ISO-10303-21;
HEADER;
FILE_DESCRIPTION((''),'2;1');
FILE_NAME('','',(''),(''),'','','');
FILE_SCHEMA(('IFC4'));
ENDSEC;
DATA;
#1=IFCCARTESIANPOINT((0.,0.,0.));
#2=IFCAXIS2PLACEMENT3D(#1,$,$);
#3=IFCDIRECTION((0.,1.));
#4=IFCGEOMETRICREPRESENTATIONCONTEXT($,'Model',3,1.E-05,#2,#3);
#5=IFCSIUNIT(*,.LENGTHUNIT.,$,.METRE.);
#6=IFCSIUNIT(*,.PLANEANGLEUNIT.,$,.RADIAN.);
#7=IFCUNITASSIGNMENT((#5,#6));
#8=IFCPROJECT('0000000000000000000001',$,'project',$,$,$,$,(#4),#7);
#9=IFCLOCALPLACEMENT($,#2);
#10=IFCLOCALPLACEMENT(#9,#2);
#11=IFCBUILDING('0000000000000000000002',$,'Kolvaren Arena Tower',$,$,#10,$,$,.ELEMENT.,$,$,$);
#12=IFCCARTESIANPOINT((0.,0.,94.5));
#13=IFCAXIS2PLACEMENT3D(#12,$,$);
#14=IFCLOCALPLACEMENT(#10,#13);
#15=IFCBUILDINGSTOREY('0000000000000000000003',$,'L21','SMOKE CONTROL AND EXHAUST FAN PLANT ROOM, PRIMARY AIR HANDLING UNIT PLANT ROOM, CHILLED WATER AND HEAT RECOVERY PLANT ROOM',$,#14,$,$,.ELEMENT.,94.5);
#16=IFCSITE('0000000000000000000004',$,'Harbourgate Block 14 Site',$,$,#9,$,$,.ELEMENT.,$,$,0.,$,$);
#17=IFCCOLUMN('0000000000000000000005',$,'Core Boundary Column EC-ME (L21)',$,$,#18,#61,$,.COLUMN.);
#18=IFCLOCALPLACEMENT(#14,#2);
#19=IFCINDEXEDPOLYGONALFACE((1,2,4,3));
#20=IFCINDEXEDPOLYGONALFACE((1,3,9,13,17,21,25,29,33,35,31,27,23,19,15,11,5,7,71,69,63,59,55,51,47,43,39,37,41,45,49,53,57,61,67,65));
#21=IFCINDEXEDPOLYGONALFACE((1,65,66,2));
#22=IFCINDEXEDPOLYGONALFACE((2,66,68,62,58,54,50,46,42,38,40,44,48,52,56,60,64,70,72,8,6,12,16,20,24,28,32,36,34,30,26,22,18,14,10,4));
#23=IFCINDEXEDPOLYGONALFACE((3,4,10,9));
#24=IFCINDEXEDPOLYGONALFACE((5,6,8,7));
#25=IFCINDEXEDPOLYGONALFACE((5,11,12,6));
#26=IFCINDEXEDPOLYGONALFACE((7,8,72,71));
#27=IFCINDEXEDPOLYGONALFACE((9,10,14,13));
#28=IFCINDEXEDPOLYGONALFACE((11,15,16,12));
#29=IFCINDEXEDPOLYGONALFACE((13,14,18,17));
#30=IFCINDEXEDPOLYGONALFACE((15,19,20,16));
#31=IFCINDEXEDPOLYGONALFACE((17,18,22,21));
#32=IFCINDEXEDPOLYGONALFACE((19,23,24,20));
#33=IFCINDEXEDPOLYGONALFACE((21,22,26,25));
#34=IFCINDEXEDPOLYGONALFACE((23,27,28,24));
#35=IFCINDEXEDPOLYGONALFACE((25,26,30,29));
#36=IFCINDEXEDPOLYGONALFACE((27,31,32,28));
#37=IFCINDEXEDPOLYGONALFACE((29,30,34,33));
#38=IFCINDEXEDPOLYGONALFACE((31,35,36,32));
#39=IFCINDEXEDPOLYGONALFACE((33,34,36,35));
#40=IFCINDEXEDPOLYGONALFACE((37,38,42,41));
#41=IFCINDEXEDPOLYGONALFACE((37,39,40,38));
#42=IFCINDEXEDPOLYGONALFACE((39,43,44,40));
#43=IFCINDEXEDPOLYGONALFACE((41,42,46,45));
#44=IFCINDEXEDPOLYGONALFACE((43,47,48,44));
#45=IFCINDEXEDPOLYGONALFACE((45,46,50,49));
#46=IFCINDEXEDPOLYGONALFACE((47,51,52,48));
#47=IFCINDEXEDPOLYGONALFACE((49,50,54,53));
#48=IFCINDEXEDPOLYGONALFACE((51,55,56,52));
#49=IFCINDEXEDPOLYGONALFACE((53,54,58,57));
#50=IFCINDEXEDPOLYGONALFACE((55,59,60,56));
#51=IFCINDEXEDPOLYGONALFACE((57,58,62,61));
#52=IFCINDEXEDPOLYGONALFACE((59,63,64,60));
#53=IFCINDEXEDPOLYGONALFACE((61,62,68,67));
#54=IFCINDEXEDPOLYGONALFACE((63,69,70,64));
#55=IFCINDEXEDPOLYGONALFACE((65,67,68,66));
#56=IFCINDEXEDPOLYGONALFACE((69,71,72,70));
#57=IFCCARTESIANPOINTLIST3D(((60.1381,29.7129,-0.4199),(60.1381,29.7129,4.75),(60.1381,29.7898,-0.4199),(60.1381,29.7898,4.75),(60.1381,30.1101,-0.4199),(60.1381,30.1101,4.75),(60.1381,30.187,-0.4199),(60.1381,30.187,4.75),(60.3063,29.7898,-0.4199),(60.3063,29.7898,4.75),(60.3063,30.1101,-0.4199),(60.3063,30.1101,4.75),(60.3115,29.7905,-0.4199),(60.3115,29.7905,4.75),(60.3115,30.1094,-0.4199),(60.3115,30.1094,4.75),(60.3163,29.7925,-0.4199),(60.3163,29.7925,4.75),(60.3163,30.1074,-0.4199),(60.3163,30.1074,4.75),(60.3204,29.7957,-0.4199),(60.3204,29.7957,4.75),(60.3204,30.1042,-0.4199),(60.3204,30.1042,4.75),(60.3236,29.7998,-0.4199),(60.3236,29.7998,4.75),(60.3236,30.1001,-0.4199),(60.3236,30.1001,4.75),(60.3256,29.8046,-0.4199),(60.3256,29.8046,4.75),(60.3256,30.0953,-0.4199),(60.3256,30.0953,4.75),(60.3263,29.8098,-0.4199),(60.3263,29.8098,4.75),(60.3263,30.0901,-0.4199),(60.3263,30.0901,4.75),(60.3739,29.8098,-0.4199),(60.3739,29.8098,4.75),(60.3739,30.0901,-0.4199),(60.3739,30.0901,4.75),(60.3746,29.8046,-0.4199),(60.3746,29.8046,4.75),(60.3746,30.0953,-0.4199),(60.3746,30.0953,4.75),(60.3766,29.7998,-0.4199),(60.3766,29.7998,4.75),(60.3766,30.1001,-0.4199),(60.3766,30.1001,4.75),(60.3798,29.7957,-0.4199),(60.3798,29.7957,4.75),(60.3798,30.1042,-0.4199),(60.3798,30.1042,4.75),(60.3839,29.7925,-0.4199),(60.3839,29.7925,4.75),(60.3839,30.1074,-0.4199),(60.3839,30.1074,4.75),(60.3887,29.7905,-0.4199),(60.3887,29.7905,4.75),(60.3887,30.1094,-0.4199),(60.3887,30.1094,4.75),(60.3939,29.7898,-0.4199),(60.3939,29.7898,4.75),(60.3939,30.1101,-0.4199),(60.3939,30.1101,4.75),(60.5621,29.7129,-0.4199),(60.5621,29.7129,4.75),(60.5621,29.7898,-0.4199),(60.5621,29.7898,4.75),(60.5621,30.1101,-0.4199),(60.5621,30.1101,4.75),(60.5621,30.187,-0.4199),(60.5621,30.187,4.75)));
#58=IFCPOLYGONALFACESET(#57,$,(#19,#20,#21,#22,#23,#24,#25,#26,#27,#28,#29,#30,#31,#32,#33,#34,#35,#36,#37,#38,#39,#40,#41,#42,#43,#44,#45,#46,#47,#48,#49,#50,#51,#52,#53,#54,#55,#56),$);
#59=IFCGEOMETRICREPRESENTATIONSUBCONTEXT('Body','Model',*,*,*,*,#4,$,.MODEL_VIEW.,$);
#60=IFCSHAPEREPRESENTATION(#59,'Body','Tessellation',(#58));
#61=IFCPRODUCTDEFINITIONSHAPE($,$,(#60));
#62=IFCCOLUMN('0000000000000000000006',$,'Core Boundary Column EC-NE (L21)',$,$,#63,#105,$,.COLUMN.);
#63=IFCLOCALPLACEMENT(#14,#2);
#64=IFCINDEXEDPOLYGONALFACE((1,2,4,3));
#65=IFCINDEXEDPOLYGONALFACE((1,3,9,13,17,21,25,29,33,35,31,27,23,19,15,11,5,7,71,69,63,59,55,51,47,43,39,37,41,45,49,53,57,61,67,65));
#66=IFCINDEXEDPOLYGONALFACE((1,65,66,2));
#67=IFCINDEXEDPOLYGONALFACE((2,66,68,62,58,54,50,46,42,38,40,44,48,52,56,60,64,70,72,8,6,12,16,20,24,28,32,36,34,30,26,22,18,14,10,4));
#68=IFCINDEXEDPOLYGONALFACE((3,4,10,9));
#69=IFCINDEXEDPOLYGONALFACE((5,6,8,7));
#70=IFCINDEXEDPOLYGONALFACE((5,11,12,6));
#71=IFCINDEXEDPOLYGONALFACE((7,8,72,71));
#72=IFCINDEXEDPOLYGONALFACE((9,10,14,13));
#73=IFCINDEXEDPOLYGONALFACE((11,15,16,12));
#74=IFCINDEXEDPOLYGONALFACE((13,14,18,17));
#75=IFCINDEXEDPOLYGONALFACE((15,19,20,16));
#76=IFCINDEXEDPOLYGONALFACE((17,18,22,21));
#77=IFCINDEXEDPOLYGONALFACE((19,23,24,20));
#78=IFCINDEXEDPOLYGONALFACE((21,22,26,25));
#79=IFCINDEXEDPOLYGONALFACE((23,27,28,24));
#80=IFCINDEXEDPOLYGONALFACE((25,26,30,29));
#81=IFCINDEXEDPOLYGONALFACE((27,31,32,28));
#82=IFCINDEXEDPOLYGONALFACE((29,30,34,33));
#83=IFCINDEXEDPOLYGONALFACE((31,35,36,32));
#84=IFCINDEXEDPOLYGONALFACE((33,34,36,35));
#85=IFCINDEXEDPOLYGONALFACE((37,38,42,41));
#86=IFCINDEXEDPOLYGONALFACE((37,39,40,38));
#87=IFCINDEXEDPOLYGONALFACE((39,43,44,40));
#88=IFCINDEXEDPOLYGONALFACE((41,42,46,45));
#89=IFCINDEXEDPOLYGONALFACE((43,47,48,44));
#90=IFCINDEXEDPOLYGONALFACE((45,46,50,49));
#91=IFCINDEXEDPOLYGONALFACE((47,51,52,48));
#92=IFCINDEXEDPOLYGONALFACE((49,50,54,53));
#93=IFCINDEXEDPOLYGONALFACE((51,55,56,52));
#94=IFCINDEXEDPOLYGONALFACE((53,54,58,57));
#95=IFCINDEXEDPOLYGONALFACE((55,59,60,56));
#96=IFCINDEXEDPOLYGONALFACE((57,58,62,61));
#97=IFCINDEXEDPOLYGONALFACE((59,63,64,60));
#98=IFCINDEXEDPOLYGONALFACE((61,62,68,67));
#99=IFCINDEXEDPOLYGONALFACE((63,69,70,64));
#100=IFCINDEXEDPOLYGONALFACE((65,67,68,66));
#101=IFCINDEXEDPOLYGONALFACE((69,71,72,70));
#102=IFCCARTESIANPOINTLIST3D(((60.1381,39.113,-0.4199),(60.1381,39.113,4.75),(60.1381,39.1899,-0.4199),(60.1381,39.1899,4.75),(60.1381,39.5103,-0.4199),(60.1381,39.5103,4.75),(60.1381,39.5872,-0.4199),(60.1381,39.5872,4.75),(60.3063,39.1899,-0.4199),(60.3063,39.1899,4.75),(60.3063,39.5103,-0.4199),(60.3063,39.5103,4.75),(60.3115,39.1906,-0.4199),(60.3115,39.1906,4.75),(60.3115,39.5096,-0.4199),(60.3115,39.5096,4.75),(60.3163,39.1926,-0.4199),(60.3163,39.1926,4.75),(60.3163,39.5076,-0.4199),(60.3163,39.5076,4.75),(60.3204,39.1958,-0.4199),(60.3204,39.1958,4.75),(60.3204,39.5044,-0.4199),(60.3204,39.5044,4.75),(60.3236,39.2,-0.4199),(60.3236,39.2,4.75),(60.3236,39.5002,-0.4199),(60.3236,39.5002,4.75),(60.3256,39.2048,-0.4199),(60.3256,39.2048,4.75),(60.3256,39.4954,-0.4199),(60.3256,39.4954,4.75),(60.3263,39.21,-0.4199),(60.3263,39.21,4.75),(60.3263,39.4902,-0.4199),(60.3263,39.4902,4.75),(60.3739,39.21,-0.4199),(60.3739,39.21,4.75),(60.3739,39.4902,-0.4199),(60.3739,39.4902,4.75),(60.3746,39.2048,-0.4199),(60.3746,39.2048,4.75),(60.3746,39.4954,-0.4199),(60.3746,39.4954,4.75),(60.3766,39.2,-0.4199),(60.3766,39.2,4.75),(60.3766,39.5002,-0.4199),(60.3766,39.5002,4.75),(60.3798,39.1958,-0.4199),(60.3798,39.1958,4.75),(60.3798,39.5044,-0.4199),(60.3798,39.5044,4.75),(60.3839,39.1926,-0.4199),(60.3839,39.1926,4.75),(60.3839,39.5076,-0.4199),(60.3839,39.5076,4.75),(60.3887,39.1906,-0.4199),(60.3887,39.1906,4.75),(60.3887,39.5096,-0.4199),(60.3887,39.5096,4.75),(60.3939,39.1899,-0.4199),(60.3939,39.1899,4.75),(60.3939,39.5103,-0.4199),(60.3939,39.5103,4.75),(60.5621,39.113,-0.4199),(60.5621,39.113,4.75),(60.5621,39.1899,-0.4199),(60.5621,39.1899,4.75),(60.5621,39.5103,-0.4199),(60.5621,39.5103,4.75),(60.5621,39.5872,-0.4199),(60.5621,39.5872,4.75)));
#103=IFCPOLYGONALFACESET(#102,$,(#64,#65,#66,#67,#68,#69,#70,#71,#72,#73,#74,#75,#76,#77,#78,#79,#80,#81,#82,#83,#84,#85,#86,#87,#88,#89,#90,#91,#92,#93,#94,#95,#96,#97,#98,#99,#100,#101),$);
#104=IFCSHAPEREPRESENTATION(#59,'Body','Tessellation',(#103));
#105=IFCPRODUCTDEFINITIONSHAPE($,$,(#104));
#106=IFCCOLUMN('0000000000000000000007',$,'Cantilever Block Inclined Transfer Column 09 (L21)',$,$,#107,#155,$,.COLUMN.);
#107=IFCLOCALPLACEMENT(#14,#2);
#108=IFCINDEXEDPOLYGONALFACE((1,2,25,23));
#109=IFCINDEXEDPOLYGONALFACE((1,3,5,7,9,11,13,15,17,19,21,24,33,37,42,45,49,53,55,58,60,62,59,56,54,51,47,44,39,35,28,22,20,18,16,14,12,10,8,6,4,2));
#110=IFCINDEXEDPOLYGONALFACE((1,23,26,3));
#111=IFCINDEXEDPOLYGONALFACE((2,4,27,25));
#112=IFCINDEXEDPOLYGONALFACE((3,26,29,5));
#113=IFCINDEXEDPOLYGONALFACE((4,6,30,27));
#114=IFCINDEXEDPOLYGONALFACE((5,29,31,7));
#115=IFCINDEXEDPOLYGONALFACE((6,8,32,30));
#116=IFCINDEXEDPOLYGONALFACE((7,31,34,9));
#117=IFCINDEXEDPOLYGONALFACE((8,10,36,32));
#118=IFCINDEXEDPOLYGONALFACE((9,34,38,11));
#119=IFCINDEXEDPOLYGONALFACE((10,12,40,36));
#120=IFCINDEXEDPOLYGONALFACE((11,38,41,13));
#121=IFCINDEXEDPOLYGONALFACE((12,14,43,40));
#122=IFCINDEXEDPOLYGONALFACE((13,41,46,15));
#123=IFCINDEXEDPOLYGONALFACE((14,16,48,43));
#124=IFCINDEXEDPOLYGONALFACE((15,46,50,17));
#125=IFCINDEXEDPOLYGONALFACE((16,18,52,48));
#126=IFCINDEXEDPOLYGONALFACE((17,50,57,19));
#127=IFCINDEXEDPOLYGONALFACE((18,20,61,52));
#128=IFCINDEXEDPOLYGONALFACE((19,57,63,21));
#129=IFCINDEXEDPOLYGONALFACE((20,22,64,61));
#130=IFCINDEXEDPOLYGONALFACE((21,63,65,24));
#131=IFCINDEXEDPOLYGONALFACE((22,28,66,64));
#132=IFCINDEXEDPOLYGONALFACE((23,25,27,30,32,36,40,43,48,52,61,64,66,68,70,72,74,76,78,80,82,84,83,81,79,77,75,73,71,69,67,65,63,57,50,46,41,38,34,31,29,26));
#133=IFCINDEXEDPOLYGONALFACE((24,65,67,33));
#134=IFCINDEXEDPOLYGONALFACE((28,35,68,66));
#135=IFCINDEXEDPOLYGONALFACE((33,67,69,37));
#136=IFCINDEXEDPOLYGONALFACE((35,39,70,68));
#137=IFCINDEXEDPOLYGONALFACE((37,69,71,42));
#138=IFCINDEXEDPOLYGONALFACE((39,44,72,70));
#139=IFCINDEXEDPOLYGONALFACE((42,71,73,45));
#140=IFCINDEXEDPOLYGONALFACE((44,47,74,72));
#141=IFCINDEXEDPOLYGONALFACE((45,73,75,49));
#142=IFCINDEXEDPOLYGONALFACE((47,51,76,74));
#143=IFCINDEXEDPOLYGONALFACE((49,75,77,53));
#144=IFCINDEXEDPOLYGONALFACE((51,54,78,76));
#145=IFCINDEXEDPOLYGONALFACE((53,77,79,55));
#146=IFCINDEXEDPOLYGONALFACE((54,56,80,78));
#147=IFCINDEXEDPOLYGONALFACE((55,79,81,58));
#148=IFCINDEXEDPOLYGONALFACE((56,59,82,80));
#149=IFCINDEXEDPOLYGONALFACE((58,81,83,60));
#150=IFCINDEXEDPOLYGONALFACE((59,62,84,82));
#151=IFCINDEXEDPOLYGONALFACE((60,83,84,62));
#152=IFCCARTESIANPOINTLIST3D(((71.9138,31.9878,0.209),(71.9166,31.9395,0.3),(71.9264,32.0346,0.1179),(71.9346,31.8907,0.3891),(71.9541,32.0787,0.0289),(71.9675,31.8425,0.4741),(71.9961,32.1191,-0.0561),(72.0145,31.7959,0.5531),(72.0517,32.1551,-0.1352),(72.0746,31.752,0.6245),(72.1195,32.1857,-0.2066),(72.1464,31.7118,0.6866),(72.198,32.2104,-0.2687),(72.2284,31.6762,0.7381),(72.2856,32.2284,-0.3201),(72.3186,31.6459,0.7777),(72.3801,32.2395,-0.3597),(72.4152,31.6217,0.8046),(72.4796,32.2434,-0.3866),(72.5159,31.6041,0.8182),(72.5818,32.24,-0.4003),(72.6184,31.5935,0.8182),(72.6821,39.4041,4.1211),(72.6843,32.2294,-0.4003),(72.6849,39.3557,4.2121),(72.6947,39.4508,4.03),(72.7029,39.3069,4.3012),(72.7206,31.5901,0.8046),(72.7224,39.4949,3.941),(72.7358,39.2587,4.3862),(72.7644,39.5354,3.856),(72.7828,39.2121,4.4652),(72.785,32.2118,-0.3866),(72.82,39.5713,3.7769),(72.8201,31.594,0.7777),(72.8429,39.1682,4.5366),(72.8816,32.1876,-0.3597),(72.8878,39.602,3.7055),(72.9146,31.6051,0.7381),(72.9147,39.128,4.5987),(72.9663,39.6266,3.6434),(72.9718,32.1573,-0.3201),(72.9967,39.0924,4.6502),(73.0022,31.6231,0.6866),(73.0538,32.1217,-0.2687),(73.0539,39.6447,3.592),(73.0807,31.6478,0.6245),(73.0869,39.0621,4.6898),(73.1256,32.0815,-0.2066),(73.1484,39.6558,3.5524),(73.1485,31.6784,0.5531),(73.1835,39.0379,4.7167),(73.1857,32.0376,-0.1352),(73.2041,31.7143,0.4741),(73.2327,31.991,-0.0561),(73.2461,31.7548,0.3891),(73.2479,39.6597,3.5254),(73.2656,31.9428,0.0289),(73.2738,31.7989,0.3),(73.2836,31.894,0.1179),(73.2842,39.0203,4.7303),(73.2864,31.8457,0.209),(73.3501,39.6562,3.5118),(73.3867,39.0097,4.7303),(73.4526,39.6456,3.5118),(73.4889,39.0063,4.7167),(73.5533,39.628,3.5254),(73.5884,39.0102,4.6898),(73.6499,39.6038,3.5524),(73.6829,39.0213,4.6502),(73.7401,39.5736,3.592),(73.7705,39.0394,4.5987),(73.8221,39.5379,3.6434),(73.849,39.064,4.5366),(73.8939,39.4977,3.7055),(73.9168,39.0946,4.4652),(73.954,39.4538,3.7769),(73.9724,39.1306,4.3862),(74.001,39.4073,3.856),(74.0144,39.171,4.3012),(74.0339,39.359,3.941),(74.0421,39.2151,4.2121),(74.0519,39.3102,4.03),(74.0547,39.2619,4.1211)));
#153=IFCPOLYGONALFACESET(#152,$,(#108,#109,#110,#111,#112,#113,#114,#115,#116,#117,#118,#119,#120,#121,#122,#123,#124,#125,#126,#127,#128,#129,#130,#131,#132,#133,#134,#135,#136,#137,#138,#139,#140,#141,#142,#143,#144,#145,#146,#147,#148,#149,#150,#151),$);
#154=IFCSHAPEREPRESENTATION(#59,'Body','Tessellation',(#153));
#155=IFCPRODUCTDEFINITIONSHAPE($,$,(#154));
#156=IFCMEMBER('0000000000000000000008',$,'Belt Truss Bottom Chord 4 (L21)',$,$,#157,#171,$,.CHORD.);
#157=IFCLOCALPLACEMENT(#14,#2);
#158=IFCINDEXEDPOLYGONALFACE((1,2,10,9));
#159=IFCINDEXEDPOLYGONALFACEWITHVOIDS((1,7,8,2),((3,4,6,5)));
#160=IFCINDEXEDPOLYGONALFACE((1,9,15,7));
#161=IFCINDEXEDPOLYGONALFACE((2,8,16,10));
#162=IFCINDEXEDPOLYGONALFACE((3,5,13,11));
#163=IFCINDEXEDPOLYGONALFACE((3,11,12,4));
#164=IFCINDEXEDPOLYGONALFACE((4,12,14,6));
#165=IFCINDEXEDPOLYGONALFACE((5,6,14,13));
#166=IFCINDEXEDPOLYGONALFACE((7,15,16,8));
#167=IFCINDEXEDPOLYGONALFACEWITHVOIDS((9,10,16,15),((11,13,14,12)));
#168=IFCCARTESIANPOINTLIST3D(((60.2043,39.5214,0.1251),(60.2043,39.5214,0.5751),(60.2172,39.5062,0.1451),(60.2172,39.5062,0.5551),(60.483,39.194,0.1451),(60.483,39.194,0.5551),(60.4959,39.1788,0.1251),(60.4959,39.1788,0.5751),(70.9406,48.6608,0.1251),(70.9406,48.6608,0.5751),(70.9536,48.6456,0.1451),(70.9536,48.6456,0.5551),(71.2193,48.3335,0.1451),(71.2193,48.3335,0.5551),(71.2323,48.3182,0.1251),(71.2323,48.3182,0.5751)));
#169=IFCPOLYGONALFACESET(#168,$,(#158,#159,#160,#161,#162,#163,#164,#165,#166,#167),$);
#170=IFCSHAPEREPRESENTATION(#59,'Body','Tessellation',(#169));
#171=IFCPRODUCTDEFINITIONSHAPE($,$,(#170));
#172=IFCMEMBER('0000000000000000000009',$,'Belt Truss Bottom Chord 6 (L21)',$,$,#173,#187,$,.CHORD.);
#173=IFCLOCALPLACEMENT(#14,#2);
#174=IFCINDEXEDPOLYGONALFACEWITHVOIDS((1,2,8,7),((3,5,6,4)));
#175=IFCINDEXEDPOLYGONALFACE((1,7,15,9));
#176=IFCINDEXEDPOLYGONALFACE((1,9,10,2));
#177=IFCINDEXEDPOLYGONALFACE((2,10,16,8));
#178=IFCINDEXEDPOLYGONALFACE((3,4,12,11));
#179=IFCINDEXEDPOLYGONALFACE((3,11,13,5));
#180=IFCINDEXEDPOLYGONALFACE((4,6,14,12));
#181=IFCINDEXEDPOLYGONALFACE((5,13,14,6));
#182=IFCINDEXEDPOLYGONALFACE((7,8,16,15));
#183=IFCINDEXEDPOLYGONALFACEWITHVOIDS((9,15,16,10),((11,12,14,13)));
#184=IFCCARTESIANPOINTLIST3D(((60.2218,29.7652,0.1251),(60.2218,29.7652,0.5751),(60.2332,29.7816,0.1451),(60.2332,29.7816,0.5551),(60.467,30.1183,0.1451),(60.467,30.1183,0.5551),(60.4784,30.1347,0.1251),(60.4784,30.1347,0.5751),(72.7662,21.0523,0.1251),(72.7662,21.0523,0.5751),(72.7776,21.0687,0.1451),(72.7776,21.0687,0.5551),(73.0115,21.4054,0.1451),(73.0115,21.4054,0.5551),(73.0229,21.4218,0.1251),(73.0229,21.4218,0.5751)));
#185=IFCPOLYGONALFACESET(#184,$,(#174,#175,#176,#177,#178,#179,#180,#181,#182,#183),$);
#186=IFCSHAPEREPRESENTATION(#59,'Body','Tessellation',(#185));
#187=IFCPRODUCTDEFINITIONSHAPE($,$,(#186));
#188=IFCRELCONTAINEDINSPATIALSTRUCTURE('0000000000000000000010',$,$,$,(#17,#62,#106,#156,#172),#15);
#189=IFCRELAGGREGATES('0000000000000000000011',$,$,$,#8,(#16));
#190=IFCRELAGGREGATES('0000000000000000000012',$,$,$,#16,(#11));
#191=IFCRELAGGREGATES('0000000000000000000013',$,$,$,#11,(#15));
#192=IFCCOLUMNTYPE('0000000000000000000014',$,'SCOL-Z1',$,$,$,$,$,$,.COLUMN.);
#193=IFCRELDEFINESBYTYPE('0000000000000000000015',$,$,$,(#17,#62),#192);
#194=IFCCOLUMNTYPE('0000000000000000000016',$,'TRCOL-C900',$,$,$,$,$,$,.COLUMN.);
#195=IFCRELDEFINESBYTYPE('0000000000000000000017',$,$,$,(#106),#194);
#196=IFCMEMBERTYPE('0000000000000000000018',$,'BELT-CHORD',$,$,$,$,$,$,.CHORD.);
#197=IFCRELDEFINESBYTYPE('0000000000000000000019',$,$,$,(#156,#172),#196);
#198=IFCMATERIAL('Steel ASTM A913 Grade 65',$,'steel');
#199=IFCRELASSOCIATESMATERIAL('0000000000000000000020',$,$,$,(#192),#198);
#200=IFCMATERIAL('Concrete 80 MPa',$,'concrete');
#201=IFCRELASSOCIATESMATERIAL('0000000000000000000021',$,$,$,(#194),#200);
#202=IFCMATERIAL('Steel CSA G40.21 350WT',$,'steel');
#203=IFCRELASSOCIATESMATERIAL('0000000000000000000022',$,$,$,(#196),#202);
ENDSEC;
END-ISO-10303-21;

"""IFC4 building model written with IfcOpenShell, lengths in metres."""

from ifc_helpers import new_model, si_unit, direction, frame, origin, origin_2d, place, context, subcontext, project, spatial, hollow_rectangle, circle, i_section, extrude, material, material_profile, profile_set, type_object, element, save


model = new_model("IFC4")

# Units and contexts
model_context = context("Model", 3, precision=1e-05, world=origin(), true_north=direction((0.0, 1.0)))
body_context = subcontext(model_context, "Body", "Model", "MODEL_VIEW")
ifc_project = project(units=[si_unit("LENGTHUNIT", "METRE"), si_unit("PLANEANGLEUNIT", "RADIAN")], contexts=[model_context])

# Site, building, storey
site_placement = place(None, origin())
site = spatial("IfcSite", under=ifc_project, at=site_placement, Name="Harbourgate Block 14 Site", CompositionType="ELEMENT", RefElevation=0.0)
building_placement = place(site_placement, origin())
building = spatial("IfcBuilding", under=site, at=building_placement, Name="Kolvaren Arena Tower", CompositionType="ELEMENT")
storey_placement = place(building_placement, frame((0.0, 0.0, 94.5)))
storey = spatial("IfcBuildingStorey", under=building, at=storey_placement, Name="L21", Description="SMOKE CONTROL AND EXHAUST FAN PLANT ROOM, PRIMARY AIR HANDLING UNIT PLANT ROOM, CHILLED WATER AND HEAT RECOVERY PLANT ROOM", CompositionType="ELEMENT", Elevation=94.5)

# Columns
ifc_material_1 = material(Name="Steel ASTM A913 Grade 65", Category="steel")
ifc_material_profile_1 = material_profile(ifc_material_1, i_section(OverallWidth=0.4241, OverallDepth=0.4741, WebThickness=0.0476, FlangeThickness=0.0769, FilletRadius=0.02, at=origin_2d()), Name="W360x634")
ifc_profile_set_1 = profile_set([ifc_material_profile_1], Name="Steel ASTM A913 Grade 65")
column_type_1 = type_object("IfcColumnType", Name="SCOL-Z1", PredefinedType="COLUMN", material=ifc_profile_set_1)
for number, where, z_axis, x_axis, name in (
    (1, (60.3501, 29.95, -0.4199), (0.0, 0.0, 1.0), (1.0, 0.0, 0.0), "Core Boundary Column EC-ME (L21)"),
    (2, (60.3501, 39.3501, -0.4199), (0.0, 0.0, 1.0), (1.0, 0.0, 0.0), "Core Boundary Column EC-NE (L21)"),
):
    element("IfcColumn", number, at=place(storey_placement, frame(where, z_axis=z_axis, x_axis=x_axis)), inside=storey, type_object=column_type_1, Name=name, PredefinedType="COLUMN", context=body_context, shape_type="SweptSolid", body=[
        extrude(i_section(OverallWidth=0.4241, OverallDepth=0.4741, WebThickness=0.0476, FlangeThickness=0.0769, FilletRadius=0.02, at=origin_2d()), origin(), (0.0, 0.0, 1.0), 5.1699),
    ])
ifc_material_2 = material(Name="Concrete 80 MPa", Category="concrete")
ifc_material_profile_2 = material_profile(ifc_material_2, circle(Radius=0.6899, at=origin_2d()), Name="RC-CIRC-1380")
ifc_profile_set_2 = profile_set([ifc_material_profile_2], Name="Concrete 80 MPa")
column_type_2 = type_object("IfcColumnType", Name="TRCOL-C900", PredefinedType="COLUMN", material=ifc_profile_set_2)
column_placement = place(storey_placement, frame((72.6001, 31.9167, 0.209), z_axis=(0.091249, 0.880795, 0.464623), x_axis=(-0.994677, 0.103047, 0.0)))
element("IfcColumn", 3, at=column_placement, inside=storey, type_object=column_type_2, Name="Cantilever Block Inclined Transfer Column 09 (L21)", PredefinedType="COLUMN", context=body_context, shape_type="SweptSolid", body=[
    extrude(circle(Radius=0.6899, at=origin_2d()), origin(), (0.0, 0.0, 1.0), 8.4199),
])

# Members
ifc_material_3 = material(Name="Steel CSA G40.21 350WT", Category="steel")
ifc_material_profile_3 = material_profile(ifc_material_3, hollow_rectangle(XDim=0.45, YDim=0.45, WallThickness=0.02, at=origin_2d()), Name="HSS 450x450x20")
ifc_profile_set_3 = profile_set([ifc_material_profile_3], Name="Steel CSA G40.21 350WT")
member_type_1 = type_object("IfcMemberType", Name="BELT-CHORD", PredefinedType="CHORD", material=ifc_profile_set_3)
member_1_placement = place(storey_placement, frame((60.3501, 39.3501, 0.3501), z_axis=(0.761466, 0.648205, 0.0), x_axis=(-0.648205, 0.761466, 0.0)))
element("IfcMember", 4, at=member_1_placement, inside=storey, type_object=member_type_1, Name="Belt Truss Bottom Chord 4 (L21)", PredefinedType="CHORD", context=body_context, shape_type="SweptSolid", body=[
    extrude(hollow_rectangle(XDim=0.45, YDim=0.45, WallThickness=0.02, at=origin_2d()), origin(), (0.0, 0.0, 1.0), 14.0996),
])
member_2_placement = place(storey_placement, frame((60.3501, 29.95, 0.3501), z_axis=(0.821325, -0.570461, 0.0), x_axis=(0.570461, 0.821325, 0.0)))
element("IfcMember", 5, at=member_2_placement, inside=storey, type_object=member_type_1, Name="Belt Truss Bottom Chord 6 (L21)", PredefinedType="CHORD", context=body_context, shape_type="SweptSolid", body=[
    extrude(hollow_rectangle(XDim=0.45, YDim=0.45, WallThickness=0.02, at=origin_2d()), origin(), (0.0, 0.0, 1.0), 15.2734),
])

save(model, "model.ifc")
